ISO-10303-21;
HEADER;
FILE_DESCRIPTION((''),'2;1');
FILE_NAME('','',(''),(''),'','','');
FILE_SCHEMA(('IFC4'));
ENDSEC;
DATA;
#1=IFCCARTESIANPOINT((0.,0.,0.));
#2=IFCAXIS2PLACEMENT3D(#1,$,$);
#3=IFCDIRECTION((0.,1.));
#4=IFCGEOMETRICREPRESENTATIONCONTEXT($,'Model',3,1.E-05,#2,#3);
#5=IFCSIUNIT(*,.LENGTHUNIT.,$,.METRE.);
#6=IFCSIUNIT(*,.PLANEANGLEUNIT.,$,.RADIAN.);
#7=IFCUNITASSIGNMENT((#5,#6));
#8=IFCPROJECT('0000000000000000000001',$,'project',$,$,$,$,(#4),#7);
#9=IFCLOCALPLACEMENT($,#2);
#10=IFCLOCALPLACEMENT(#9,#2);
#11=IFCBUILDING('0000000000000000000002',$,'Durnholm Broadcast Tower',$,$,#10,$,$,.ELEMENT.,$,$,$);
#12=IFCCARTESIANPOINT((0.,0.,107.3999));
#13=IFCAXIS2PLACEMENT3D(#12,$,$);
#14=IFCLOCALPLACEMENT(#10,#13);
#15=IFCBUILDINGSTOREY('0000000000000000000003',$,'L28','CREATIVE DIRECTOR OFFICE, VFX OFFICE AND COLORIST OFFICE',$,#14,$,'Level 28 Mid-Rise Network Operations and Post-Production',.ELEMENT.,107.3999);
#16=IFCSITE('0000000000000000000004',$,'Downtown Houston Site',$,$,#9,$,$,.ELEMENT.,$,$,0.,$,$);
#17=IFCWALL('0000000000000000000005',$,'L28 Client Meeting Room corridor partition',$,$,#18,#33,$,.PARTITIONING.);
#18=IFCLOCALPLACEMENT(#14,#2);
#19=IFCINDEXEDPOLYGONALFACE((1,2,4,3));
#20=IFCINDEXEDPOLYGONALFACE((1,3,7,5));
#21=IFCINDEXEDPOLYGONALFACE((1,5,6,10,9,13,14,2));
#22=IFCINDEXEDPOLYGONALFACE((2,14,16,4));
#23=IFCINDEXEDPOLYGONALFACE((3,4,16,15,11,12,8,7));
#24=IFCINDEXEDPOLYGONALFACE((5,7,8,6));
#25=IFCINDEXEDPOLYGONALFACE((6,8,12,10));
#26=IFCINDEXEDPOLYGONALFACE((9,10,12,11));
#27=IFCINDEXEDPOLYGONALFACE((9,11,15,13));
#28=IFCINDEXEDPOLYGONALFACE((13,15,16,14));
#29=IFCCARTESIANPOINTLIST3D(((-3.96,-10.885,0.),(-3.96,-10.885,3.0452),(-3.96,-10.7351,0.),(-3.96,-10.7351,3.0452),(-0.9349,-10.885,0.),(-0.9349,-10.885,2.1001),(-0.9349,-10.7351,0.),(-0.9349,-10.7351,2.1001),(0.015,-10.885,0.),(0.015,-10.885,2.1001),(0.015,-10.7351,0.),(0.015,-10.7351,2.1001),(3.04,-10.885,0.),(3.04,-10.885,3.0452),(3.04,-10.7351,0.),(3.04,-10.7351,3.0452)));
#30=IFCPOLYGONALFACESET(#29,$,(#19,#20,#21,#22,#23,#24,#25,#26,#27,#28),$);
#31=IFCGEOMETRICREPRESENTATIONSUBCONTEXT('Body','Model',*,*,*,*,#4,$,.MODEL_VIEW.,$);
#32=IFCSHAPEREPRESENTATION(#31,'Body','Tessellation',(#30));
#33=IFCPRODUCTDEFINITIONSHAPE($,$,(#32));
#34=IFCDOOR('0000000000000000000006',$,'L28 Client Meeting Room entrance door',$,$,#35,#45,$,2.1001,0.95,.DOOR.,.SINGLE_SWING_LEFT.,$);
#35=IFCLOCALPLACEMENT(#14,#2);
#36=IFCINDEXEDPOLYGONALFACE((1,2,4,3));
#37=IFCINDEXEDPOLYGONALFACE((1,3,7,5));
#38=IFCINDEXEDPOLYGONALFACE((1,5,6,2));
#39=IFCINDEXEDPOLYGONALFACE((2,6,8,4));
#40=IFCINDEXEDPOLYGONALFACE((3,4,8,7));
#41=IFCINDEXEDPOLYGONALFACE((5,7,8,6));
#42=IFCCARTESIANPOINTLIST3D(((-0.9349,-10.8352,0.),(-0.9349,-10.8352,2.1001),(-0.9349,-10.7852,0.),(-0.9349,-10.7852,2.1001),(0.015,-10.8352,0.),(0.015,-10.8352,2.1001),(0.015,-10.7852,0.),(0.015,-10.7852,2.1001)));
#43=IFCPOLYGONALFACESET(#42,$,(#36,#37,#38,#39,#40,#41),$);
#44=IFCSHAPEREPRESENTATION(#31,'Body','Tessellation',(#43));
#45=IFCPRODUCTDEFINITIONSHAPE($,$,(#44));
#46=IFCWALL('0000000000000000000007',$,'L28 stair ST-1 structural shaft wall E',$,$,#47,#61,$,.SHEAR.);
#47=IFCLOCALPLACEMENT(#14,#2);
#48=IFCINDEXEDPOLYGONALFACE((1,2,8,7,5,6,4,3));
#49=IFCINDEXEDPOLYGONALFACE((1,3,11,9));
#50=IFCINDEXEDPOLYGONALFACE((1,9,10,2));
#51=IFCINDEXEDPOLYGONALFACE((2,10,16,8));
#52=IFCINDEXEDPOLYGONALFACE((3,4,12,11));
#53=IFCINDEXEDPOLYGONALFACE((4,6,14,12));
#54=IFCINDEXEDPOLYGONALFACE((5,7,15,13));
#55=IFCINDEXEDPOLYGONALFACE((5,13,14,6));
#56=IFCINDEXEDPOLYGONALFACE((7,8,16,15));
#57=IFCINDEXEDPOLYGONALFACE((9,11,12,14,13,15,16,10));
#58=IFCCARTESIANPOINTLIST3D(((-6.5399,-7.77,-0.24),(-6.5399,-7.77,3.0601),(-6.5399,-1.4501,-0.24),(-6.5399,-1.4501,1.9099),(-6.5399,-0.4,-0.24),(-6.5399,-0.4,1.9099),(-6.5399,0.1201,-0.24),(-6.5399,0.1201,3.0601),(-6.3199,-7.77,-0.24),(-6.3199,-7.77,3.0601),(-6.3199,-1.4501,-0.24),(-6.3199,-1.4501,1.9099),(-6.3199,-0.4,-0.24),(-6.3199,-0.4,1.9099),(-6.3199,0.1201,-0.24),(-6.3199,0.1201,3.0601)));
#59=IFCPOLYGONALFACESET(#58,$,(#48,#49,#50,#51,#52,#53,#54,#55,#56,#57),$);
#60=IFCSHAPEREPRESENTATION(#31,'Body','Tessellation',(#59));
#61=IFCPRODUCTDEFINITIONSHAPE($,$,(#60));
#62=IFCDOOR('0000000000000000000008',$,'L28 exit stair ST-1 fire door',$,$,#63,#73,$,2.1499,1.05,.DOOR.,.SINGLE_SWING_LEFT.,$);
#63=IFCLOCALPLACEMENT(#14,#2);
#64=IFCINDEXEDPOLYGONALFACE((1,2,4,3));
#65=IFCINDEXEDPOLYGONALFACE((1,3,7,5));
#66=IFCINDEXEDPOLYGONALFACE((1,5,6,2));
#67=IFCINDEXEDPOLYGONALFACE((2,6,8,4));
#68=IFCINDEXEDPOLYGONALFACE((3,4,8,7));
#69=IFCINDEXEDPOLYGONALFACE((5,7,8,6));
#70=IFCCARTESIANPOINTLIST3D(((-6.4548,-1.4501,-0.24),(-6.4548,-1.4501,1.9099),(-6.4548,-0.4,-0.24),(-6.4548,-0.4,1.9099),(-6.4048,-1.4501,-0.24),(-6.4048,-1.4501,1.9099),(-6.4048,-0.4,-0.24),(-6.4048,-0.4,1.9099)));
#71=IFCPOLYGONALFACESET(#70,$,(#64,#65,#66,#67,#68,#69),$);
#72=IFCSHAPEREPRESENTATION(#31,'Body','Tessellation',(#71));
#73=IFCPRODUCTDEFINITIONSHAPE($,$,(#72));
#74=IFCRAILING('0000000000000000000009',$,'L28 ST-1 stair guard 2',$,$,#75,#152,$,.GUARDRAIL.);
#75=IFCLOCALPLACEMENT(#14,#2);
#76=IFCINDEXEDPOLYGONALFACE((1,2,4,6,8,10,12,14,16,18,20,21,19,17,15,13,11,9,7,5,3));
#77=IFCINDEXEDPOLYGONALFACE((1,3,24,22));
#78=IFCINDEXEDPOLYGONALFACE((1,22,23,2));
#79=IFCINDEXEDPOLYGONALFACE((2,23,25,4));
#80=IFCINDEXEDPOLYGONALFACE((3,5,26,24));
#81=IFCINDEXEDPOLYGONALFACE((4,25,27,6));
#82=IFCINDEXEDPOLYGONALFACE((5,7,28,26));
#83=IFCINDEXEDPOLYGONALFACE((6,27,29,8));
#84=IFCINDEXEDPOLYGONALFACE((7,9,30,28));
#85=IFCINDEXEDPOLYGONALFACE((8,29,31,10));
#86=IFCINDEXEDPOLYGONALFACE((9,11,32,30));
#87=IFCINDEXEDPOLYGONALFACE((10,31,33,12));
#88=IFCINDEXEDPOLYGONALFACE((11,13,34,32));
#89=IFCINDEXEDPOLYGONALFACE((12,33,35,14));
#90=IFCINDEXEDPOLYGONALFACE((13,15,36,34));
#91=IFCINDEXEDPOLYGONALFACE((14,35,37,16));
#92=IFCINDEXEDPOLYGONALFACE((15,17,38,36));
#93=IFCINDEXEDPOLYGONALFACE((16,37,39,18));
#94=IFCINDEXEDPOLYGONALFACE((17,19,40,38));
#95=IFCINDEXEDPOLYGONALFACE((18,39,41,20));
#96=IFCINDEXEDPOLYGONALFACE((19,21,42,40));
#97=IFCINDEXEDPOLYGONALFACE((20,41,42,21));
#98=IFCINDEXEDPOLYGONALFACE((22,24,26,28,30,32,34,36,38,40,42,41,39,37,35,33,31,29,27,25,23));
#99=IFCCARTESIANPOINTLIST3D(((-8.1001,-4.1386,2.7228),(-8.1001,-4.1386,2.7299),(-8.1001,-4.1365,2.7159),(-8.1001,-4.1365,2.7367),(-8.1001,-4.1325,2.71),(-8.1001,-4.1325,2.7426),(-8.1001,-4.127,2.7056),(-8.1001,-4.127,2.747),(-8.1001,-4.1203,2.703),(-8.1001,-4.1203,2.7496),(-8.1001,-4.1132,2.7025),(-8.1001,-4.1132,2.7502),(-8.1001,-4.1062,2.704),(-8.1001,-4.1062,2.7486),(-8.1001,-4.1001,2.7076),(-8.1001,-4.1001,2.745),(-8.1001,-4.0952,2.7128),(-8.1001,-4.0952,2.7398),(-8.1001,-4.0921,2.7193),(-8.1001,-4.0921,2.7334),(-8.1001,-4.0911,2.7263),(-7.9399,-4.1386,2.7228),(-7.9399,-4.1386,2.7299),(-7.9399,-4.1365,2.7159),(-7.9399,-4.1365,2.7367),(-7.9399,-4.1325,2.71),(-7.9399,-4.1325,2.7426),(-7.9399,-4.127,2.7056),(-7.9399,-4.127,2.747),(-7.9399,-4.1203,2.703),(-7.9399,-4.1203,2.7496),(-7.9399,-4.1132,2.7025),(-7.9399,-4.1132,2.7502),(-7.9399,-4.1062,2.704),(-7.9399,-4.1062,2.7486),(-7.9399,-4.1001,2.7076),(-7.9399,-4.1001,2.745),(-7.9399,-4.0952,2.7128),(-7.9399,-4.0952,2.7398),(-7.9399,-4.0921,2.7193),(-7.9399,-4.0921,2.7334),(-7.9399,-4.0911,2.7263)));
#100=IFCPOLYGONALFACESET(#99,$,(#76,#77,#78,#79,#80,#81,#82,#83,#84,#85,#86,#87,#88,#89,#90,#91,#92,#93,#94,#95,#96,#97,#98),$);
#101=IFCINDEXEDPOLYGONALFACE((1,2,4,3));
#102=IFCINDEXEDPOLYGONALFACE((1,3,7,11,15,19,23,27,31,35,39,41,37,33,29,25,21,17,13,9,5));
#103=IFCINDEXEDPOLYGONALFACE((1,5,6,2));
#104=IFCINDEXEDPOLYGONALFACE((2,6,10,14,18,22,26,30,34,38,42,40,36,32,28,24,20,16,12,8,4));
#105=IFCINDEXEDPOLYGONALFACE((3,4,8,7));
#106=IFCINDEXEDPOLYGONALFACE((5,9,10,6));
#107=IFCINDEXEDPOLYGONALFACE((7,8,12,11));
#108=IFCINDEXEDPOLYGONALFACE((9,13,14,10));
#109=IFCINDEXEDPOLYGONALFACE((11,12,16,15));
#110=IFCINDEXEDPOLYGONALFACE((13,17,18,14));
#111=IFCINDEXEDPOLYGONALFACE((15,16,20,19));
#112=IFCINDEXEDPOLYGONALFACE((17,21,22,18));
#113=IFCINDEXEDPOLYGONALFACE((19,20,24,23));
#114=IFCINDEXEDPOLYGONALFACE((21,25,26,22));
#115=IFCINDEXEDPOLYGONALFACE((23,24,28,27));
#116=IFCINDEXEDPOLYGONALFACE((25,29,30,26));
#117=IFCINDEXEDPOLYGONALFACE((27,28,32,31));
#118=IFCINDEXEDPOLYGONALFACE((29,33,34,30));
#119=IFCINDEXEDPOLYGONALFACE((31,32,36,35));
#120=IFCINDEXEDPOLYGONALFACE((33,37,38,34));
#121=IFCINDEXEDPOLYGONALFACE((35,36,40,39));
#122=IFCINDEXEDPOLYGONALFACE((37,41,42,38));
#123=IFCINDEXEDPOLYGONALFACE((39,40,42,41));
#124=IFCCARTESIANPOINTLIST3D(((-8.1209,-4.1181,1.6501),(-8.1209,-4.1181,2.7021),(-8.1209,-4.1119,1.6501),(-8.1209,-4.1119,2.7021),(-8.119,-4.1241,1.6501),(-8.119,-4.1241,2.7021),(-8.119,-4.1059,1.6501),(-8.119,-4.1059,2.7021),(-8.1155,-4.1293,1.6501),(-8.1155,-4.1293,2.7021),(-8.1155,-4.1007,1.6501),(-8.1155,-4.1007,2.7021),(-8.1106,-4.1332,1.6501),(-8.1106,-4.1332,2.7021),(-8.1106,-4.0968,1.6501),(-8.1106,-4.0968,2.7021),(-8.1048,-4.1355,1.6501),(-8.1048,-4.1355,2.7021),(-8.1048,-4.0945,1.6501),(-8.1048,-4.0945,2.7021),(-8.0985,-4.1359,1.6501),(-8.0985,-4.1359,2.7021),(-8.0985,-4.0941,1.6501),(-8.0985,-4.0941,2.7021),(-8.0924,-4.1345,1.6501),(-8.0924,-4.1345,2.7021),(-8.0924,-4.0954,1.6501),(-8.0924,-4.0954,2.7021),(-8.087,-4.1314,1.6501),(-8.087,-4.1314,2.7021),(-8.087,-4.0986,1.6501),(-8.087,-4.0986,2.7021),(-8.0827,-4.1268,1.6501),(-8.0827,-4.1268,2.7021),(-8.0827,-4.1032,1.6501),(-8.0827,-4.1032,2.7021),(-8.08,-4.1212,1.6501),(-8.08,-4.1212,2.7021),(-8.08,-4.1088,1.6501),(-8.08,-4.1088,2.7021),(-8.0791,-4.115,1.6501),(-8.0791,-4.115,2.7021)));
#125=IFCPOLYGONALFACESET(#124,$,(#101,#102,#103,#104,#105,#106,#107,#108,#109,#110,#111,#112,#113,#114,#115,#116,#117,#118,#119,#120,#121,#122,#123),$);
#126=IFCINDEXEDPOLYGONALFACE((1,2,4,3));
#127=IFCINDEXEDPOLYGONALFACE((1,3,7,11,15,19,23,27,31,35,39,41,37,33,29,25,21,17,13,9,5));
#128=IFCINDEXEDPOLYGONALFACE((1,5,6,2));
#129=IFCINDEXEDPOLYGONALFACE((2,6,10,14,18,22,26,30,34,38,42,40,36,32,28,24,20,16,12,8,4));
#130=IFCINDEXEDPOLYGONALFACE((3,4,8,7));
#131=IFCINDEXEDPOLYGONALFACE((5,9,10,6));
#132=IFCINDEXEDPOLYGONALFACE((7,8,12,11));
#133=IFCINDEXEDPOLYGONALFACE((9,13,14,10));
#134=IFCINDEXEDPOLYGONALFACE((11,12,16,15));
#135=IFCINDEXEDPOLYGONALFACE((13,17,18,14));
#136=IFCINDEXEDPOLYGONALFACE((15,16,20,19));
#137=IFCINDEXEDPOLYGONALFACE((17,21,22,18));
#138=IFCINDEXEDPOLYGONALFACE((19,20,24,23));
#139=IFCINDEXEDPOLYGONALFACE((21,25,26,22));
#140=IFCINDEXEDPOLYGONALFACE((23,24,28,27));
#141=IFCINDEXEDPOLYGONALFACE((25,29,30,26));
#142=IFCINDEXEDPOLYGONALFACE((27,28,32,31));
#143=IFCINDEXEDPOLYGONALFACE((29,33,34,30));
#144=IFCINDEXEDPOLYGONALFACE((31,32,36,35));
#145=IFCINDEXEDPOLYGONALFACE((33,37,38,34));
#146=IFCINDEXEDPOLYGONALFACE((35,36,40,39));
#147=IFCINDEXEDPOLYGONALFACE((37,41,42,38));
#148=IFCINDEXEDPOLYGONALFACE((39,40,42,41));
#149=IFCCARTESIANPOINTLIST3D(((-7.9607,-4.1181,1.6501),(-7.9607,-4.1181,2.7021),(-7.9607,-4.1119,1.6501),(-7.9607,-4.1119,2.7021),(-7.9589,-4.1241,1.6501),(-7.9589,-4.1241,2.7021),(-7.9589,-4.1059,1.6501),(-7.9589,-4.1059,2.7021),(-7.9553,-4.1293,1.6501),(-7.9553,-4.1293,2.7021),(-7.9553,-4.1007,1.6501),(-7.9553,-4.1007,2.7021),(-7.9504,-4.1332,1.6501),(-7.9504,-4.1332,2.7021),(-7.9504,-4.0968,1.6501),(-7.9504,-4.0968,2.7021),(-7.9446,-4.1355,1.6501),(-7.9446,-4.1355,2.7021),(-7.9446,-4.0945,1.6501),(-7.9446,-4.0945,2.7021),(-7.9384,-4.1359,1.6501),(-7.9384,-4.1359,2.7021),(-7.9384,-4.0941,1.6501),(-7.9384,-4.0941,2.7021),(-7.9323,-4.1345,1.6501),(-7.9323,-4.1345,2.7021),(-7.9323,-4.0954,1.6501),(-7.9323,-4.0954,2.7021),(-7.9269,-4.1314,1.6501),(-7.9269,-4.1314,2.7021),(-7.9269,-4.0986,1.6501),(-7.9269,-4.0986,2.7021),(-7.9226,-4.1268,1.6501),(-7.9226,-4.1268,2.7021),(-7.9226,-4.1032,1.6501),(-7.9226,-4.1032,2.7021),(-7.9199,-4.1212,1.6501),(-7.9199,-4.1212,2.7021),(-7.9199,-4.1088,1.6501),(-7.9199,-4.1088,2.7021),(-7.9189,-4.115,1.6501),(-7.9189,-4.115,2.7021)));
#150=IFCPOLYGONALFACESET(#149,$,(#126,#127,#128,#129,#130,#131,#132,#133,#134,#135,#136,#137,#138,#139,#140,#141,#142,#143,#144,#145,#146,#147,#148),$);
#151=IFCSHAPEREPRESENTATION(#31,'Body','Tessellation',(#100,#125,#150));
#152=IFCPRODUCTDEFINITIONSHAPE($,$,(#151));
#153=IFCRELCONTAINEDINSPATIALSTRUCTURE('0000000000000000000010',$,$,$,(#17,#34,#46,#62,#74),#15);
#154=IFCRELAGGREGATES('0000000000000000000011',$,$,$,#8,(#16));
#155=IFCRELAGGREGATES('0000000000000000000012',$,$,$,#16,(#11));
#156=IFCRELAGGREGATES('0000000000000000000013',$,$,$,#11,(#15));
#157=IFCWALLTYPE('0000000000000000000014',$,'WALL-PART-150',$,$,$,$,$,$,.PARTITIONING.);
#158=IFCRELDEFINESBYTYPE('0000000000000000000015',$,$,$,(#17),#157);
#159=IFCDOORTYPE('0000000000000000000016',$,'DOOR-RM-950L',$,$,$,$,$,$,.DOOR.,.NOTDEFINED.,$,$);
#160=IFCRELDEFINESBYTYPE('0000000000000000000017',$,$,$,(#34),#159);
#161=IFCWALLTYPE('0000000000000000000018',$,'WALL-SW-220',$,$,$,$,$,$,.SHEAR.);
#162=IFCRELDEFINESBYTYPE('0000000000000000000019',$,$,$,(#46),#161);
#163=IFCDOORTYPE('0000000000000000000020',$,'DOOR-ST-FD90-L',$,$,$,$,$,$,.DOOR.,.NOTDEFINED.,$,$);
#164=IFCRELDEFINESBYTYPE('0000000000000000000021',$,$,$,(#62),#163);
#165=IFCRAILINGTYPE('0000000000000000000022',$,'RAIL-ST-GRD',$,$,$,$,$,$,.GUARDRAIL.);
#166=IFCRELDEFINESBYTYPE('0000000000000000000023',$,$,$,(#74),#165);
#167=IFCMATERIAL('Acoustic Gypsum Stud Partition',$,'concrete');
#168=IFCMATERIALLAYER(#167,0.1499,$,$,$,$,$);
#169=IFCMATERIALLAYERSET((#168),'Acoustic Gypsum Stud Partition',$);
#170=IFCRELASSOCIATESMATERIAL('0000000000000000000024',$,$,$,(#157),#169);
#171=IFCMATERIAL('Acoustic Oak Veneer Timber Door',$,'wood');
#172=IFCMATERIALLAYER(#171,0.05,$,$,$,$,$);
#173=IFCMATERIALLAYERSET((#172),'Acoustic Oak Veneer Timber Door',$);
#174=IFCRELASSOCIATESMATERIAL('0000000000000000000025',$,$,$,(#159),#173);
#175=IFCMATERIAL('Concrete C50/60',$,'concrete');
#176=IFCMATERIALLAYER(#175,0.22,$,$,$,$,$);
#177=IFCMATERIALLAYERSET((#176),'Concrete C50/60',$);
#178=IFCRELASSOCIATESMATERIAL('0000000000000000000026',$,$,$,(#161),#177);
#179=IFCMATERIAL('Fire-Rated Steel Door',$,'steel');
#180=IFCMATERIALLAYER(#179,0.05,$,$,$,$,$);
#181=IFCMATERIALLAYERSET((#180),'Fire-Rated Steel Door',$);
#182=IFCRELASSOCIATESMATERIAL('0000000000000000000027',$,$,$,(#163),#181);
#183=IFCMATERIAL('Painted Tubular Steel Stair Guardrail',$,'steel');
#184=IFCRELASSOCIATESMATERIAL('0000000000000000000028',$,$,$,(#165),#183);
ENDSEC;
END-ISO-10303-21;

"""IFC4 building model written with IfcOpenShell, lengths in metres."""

from ifc_helpers import new_model, si_unit, direction, frame, frame_2d, origin, origin_2d, place, context, subcontext, project, spatial, rectangle, circle, extrude, source, transform, mapped, material, layer, layer_set, type_object, type_shapes, element, fill, save


model = new_model("IFC4")

# Units and contexts
model_context = context("Model", 3, precision=1e-05, world=origin(), true_north=direction((0.0, 1.0)))
body_context = subcontext(model_context, "Body", "Model", "MODEL_VIEW")
ifc_project = project(units=[si_unit("LENGTHUNIT", "METRE"), si_unit("PLANEANGLEUNIT", "RADIAN")], contexts=[model_context])

# Site, building, storey
site_placement = place(None, origin())
site = spatial("IfcSite", under=ifc_project, at=site_placement, Name="Downtown Houston Site", CompositionType="ELEMENT", RefElevation=0.0)
building_placement = place(site_placement, origin())
building = spatial("IfcBuilding", under=site, at=building_placement, Name="Durnholm Broadcast Tower", CompositionType="ELEMENT")
storey_placement = place(building_placement, frame((0.0, 0.0, 107.3999)))
storey = spatial("IfcBuildingStorey", under=building, at=storey_placement, Name="L28", Description="CREATIVE DIRECTOR OFFICE, VFX OFFICE AND COLORIST OFFICE", LongName="Level 28 Mid-Rise Network Operations and Post-Production", CompositionType="ELEMENT", Elevation=107.3999)

# Walls, openings, doors
ifc_material_1 = material(Name="Acoustic Gypsum Stud Partition", Category="concrete")
ifc_layer_1 = layer(ifc_material_1, 0.1499)
ifc_layer_set_1 = layer_set([ifc_layer_1], Name="Acoustic Gypsum Stud Partition")
wall_type_1 = type_object("IfcWallType", Name="WALL-PART-150", PredefinedType="PARTITIONING", material=ifc_layer_set_1)
wall_1_placement = place(storey_placement, frame((-3.96, -10.8101, 0.0), z_axis=(0.0, 0.0, 1.0), x_axis=(1.0, 0.0, 0.0)))
wall_1 = element("IfcWall", 1, at=wall_1_placement, inside=storey, type_object=wall_type_1, Name="L28 Client Meeting Room corridor partition", PredefinedType="PARTITIONING", context=body_context, shape_type="SweptSolid", body=[
    extrude(rectangle(XDim=7.0, YDim=0.1499, at=frame_2d((3.5, 0.0))), origin(), (0.0, 0.0, 1.0), 3.0452),
])
opening_1_placement = place(wall_1_placement, frame((3.0249, 0.0, 0.0)))
opening_1 = element("IfcOpeningElement", 2, at=opening_1_placement, cuts=wall_1, PredefinedType="OPENING", context=body_context, shape_type="SweptSolid", body=[
    extrude(rectangle(XDim=0.95, YDim=2.1001, at=frame_2d((0.4751, 1.05))), frame((0.0, 0.085, 0.0), z_axis=(0.0, -1.0, 0.0), x_axis=(1.0, 0.0, 0.0)), (0.0, 0.0, 1.0), 0.1699),
])
ifc_material_2 = material(Name="Acoustic Oak Veneer Timber Door", Category="wood")
ifc_layer_2 = layer(ifc_material_2, 0.05)
ifc_layer_set_2 = layer_set([ifc_layer_2], Name="Acoustic Oak Veneer Timber Door")
door_type_1 = type_object("IfcDoorType", Name="DOOR-RM-950L", OperationType="NOTDEFINED", PredefinedType="DOOR", material=ifc_layer_set_2)
shared_shape_1 = source(origin(), body_context, "Body", "SweptSolid", [
    extrude(rectangle(XDim=0.95, YDim=2.1001, at=frame_2d((0.4751, 1.05))), frame((0.0, 0.0249, 0.0), z_axis=(0.0, -1.0, 0.0), x_axis=(1.0, 0.0, 0.0)), (0.0, 0.0, 1.0), 0.05),
])
type_shapes(door_type_1, [shared_shape_1])
door_1_placement = place(opening_1_placement, origin())
door_1 = element("IfcDoor", 3, at=door_1_placement, inside=storey, type_object=door_type_1, Name="L28 Client Meeting Room entrance door", OperationType="SINGLE_SWING_LEFT", OverallHeight=2.1001, OverallWidth=0.95, PredefinedType="DOOR", context=body_context, shape_type="MappedRepresentation", body=[
    mapped(shared_shape_1, transform((0.0, 0.0, 0.0), x_axis=(1.0, 0.0, 0.0), y_axis=(0.0, 1.0, 0.0), z_axis=(0.0, 0.0, 1.0), scale=1.0)),
])
fill(opening_1, door_1)
ifc_material_3 = material(Name="Concrete C50/60", Category="concrete")
ifc_layer_3 = layer(ifc_material_3, 0.22)
ifc_layer_set_3 = layer_set([ifc_layer_3], Name="Concrete C50/60")
wall_type_2 = type_object("IfcWallType", Name="WALL-SW-220", PredefinedType="SHEAR", material=ifc_layer_set_3)
wall_2_placement = place(storey_placement, frame((-6.4299, -7.77, -0.24), z_axis=(0.0, 0.0, 1.0), x_axis=(0.0, 1.0, 0.0)))
wall_2 = element("IfcWall", 4, at=wall_2_placement, inside=storey, type_object=wall_type_2, Name="L28 stair ST-1 structural shaft wall E", PredefinedType="SHEAR", context=body_context, shape_type="SweptSolid", body=[
    extrude(rectangle(XDim=7.8901, YDim=0.22, at=frame_2d((3.9451, 0.0))), origin(), (0.0, 0.0, 1.0), 3.3),
])
opening_2_placement = place(wall_2_placement, frame((6.3201, 0.0, 0.0)))
opening_2 = element("IfcOpeningElement", 5, at=opening_2_placement, cuts=wall_2, PredefinedType="OPENING", context=body_context, shape_type="SweptSolid", body=[
    extrude(rectangle(XDim=1.05, YDim=2.1499, at=frame_2d((0.5249, 1.075))), frame((0.0, 0.1201, 0.0), z_axis=(0.0, -1.0, 0.0), x_axis=(1.0, 0.0, 0.0)), (0.0, 0.0, 1.0), 0.24),
])
ifc_material_4 = material(Name="Fire-Rated Steel Door", Category="steel")
ifc_layer_4 = layer(ifc_material_4, 0.05)
ifc_layer_set_4 = layer_set([ifc_layer_4], Name="Fire-Rated Steel Door")
door_type_2 = type_object("IfcDoorType", Name="DOOR-ST-FD90-L", OperationType="NOTDEFINED", PredefinedType="DOOR", material=ifc_layer_set_4)
shared_shape_2 = source(origin(), body_context, "Body", "SweptSolid", [
    extrude(rectangle(XDim=1.05, YDim=2.1499, at=frame_2d((0.5249, 1.075))), frame((0.0, 0.0249, 0.0), z_axis=(0.0, -1.0, 0.0), x_axis=(1.0, 0.0, 0.0)), (0.0, 0.0, 1.0), 0.05),
])
type_shapes(door_type_2, [shared_shape_2])
door_2_placement = place(opening_2_placement, origin())
door_2 = element("IfcDoor", 6, at=door_2_placement, inside=storey, type_object=door_type_2, Name="L28 exit stair ST-1 fire door", OperationType="SINGLE_SWING_LEFT", OverallHeight=2.1499, OverallWidth=1.05, PredefinedType="DOOR", context=body_context, shape_type="MappedRepresentation", body=[
    mapped(shared_shape_2, transform((0.0, 0.0, 0.0), x_axis=(1.0, 0.0, 0.0), y_axis=(0.0, 1.0, 0.0), z_axis=(0.0, 0.0, 1.0), scale=1.0)),
])
fill(opening_2, door_2)

# Railing
ifc_material_5 = material(Name="Painted Tubular Steel Stair Guardrail", Category="steel")
railing_type = type_object("IfcRailingType", Name="RAIL-ST-GRD", PredefinedType="GUARDRAIL", material=ifc_material_5)
railing_placement = place(storey_placement, frame((-8.1001, -4.115, 1.6501)))
element("IfcRailing", 7, at=railing_placement, inside=storey, type_object=railing_type, Name="L28 ST-1 stair guard 2", PredefinedType="GUARDRAIL", context=body_context, shape_type="SweptSolid", body=[
    extrude(circle(Radius=0.0239, at=origin_2d()), frame((0.0, 0.0, 1.0762), z_axis=(1.0, 0.0, 0.0), x_axis=(0.0, 1.0, 0.0)), (0.0, 0.0, 1.0), 0.1602),
    extrude(circle(Radius=0.021, at=origin_2d()), origin(), (0.0, 0.0, 1.0), 1.052),
    extrude(circle(Radius=0.021, at=origin_2d()), frame((0.1602, 0.0, 0.0)), (0.0, 0.0, 1.0), 1.052),
])

save(model, "model.ifc")
